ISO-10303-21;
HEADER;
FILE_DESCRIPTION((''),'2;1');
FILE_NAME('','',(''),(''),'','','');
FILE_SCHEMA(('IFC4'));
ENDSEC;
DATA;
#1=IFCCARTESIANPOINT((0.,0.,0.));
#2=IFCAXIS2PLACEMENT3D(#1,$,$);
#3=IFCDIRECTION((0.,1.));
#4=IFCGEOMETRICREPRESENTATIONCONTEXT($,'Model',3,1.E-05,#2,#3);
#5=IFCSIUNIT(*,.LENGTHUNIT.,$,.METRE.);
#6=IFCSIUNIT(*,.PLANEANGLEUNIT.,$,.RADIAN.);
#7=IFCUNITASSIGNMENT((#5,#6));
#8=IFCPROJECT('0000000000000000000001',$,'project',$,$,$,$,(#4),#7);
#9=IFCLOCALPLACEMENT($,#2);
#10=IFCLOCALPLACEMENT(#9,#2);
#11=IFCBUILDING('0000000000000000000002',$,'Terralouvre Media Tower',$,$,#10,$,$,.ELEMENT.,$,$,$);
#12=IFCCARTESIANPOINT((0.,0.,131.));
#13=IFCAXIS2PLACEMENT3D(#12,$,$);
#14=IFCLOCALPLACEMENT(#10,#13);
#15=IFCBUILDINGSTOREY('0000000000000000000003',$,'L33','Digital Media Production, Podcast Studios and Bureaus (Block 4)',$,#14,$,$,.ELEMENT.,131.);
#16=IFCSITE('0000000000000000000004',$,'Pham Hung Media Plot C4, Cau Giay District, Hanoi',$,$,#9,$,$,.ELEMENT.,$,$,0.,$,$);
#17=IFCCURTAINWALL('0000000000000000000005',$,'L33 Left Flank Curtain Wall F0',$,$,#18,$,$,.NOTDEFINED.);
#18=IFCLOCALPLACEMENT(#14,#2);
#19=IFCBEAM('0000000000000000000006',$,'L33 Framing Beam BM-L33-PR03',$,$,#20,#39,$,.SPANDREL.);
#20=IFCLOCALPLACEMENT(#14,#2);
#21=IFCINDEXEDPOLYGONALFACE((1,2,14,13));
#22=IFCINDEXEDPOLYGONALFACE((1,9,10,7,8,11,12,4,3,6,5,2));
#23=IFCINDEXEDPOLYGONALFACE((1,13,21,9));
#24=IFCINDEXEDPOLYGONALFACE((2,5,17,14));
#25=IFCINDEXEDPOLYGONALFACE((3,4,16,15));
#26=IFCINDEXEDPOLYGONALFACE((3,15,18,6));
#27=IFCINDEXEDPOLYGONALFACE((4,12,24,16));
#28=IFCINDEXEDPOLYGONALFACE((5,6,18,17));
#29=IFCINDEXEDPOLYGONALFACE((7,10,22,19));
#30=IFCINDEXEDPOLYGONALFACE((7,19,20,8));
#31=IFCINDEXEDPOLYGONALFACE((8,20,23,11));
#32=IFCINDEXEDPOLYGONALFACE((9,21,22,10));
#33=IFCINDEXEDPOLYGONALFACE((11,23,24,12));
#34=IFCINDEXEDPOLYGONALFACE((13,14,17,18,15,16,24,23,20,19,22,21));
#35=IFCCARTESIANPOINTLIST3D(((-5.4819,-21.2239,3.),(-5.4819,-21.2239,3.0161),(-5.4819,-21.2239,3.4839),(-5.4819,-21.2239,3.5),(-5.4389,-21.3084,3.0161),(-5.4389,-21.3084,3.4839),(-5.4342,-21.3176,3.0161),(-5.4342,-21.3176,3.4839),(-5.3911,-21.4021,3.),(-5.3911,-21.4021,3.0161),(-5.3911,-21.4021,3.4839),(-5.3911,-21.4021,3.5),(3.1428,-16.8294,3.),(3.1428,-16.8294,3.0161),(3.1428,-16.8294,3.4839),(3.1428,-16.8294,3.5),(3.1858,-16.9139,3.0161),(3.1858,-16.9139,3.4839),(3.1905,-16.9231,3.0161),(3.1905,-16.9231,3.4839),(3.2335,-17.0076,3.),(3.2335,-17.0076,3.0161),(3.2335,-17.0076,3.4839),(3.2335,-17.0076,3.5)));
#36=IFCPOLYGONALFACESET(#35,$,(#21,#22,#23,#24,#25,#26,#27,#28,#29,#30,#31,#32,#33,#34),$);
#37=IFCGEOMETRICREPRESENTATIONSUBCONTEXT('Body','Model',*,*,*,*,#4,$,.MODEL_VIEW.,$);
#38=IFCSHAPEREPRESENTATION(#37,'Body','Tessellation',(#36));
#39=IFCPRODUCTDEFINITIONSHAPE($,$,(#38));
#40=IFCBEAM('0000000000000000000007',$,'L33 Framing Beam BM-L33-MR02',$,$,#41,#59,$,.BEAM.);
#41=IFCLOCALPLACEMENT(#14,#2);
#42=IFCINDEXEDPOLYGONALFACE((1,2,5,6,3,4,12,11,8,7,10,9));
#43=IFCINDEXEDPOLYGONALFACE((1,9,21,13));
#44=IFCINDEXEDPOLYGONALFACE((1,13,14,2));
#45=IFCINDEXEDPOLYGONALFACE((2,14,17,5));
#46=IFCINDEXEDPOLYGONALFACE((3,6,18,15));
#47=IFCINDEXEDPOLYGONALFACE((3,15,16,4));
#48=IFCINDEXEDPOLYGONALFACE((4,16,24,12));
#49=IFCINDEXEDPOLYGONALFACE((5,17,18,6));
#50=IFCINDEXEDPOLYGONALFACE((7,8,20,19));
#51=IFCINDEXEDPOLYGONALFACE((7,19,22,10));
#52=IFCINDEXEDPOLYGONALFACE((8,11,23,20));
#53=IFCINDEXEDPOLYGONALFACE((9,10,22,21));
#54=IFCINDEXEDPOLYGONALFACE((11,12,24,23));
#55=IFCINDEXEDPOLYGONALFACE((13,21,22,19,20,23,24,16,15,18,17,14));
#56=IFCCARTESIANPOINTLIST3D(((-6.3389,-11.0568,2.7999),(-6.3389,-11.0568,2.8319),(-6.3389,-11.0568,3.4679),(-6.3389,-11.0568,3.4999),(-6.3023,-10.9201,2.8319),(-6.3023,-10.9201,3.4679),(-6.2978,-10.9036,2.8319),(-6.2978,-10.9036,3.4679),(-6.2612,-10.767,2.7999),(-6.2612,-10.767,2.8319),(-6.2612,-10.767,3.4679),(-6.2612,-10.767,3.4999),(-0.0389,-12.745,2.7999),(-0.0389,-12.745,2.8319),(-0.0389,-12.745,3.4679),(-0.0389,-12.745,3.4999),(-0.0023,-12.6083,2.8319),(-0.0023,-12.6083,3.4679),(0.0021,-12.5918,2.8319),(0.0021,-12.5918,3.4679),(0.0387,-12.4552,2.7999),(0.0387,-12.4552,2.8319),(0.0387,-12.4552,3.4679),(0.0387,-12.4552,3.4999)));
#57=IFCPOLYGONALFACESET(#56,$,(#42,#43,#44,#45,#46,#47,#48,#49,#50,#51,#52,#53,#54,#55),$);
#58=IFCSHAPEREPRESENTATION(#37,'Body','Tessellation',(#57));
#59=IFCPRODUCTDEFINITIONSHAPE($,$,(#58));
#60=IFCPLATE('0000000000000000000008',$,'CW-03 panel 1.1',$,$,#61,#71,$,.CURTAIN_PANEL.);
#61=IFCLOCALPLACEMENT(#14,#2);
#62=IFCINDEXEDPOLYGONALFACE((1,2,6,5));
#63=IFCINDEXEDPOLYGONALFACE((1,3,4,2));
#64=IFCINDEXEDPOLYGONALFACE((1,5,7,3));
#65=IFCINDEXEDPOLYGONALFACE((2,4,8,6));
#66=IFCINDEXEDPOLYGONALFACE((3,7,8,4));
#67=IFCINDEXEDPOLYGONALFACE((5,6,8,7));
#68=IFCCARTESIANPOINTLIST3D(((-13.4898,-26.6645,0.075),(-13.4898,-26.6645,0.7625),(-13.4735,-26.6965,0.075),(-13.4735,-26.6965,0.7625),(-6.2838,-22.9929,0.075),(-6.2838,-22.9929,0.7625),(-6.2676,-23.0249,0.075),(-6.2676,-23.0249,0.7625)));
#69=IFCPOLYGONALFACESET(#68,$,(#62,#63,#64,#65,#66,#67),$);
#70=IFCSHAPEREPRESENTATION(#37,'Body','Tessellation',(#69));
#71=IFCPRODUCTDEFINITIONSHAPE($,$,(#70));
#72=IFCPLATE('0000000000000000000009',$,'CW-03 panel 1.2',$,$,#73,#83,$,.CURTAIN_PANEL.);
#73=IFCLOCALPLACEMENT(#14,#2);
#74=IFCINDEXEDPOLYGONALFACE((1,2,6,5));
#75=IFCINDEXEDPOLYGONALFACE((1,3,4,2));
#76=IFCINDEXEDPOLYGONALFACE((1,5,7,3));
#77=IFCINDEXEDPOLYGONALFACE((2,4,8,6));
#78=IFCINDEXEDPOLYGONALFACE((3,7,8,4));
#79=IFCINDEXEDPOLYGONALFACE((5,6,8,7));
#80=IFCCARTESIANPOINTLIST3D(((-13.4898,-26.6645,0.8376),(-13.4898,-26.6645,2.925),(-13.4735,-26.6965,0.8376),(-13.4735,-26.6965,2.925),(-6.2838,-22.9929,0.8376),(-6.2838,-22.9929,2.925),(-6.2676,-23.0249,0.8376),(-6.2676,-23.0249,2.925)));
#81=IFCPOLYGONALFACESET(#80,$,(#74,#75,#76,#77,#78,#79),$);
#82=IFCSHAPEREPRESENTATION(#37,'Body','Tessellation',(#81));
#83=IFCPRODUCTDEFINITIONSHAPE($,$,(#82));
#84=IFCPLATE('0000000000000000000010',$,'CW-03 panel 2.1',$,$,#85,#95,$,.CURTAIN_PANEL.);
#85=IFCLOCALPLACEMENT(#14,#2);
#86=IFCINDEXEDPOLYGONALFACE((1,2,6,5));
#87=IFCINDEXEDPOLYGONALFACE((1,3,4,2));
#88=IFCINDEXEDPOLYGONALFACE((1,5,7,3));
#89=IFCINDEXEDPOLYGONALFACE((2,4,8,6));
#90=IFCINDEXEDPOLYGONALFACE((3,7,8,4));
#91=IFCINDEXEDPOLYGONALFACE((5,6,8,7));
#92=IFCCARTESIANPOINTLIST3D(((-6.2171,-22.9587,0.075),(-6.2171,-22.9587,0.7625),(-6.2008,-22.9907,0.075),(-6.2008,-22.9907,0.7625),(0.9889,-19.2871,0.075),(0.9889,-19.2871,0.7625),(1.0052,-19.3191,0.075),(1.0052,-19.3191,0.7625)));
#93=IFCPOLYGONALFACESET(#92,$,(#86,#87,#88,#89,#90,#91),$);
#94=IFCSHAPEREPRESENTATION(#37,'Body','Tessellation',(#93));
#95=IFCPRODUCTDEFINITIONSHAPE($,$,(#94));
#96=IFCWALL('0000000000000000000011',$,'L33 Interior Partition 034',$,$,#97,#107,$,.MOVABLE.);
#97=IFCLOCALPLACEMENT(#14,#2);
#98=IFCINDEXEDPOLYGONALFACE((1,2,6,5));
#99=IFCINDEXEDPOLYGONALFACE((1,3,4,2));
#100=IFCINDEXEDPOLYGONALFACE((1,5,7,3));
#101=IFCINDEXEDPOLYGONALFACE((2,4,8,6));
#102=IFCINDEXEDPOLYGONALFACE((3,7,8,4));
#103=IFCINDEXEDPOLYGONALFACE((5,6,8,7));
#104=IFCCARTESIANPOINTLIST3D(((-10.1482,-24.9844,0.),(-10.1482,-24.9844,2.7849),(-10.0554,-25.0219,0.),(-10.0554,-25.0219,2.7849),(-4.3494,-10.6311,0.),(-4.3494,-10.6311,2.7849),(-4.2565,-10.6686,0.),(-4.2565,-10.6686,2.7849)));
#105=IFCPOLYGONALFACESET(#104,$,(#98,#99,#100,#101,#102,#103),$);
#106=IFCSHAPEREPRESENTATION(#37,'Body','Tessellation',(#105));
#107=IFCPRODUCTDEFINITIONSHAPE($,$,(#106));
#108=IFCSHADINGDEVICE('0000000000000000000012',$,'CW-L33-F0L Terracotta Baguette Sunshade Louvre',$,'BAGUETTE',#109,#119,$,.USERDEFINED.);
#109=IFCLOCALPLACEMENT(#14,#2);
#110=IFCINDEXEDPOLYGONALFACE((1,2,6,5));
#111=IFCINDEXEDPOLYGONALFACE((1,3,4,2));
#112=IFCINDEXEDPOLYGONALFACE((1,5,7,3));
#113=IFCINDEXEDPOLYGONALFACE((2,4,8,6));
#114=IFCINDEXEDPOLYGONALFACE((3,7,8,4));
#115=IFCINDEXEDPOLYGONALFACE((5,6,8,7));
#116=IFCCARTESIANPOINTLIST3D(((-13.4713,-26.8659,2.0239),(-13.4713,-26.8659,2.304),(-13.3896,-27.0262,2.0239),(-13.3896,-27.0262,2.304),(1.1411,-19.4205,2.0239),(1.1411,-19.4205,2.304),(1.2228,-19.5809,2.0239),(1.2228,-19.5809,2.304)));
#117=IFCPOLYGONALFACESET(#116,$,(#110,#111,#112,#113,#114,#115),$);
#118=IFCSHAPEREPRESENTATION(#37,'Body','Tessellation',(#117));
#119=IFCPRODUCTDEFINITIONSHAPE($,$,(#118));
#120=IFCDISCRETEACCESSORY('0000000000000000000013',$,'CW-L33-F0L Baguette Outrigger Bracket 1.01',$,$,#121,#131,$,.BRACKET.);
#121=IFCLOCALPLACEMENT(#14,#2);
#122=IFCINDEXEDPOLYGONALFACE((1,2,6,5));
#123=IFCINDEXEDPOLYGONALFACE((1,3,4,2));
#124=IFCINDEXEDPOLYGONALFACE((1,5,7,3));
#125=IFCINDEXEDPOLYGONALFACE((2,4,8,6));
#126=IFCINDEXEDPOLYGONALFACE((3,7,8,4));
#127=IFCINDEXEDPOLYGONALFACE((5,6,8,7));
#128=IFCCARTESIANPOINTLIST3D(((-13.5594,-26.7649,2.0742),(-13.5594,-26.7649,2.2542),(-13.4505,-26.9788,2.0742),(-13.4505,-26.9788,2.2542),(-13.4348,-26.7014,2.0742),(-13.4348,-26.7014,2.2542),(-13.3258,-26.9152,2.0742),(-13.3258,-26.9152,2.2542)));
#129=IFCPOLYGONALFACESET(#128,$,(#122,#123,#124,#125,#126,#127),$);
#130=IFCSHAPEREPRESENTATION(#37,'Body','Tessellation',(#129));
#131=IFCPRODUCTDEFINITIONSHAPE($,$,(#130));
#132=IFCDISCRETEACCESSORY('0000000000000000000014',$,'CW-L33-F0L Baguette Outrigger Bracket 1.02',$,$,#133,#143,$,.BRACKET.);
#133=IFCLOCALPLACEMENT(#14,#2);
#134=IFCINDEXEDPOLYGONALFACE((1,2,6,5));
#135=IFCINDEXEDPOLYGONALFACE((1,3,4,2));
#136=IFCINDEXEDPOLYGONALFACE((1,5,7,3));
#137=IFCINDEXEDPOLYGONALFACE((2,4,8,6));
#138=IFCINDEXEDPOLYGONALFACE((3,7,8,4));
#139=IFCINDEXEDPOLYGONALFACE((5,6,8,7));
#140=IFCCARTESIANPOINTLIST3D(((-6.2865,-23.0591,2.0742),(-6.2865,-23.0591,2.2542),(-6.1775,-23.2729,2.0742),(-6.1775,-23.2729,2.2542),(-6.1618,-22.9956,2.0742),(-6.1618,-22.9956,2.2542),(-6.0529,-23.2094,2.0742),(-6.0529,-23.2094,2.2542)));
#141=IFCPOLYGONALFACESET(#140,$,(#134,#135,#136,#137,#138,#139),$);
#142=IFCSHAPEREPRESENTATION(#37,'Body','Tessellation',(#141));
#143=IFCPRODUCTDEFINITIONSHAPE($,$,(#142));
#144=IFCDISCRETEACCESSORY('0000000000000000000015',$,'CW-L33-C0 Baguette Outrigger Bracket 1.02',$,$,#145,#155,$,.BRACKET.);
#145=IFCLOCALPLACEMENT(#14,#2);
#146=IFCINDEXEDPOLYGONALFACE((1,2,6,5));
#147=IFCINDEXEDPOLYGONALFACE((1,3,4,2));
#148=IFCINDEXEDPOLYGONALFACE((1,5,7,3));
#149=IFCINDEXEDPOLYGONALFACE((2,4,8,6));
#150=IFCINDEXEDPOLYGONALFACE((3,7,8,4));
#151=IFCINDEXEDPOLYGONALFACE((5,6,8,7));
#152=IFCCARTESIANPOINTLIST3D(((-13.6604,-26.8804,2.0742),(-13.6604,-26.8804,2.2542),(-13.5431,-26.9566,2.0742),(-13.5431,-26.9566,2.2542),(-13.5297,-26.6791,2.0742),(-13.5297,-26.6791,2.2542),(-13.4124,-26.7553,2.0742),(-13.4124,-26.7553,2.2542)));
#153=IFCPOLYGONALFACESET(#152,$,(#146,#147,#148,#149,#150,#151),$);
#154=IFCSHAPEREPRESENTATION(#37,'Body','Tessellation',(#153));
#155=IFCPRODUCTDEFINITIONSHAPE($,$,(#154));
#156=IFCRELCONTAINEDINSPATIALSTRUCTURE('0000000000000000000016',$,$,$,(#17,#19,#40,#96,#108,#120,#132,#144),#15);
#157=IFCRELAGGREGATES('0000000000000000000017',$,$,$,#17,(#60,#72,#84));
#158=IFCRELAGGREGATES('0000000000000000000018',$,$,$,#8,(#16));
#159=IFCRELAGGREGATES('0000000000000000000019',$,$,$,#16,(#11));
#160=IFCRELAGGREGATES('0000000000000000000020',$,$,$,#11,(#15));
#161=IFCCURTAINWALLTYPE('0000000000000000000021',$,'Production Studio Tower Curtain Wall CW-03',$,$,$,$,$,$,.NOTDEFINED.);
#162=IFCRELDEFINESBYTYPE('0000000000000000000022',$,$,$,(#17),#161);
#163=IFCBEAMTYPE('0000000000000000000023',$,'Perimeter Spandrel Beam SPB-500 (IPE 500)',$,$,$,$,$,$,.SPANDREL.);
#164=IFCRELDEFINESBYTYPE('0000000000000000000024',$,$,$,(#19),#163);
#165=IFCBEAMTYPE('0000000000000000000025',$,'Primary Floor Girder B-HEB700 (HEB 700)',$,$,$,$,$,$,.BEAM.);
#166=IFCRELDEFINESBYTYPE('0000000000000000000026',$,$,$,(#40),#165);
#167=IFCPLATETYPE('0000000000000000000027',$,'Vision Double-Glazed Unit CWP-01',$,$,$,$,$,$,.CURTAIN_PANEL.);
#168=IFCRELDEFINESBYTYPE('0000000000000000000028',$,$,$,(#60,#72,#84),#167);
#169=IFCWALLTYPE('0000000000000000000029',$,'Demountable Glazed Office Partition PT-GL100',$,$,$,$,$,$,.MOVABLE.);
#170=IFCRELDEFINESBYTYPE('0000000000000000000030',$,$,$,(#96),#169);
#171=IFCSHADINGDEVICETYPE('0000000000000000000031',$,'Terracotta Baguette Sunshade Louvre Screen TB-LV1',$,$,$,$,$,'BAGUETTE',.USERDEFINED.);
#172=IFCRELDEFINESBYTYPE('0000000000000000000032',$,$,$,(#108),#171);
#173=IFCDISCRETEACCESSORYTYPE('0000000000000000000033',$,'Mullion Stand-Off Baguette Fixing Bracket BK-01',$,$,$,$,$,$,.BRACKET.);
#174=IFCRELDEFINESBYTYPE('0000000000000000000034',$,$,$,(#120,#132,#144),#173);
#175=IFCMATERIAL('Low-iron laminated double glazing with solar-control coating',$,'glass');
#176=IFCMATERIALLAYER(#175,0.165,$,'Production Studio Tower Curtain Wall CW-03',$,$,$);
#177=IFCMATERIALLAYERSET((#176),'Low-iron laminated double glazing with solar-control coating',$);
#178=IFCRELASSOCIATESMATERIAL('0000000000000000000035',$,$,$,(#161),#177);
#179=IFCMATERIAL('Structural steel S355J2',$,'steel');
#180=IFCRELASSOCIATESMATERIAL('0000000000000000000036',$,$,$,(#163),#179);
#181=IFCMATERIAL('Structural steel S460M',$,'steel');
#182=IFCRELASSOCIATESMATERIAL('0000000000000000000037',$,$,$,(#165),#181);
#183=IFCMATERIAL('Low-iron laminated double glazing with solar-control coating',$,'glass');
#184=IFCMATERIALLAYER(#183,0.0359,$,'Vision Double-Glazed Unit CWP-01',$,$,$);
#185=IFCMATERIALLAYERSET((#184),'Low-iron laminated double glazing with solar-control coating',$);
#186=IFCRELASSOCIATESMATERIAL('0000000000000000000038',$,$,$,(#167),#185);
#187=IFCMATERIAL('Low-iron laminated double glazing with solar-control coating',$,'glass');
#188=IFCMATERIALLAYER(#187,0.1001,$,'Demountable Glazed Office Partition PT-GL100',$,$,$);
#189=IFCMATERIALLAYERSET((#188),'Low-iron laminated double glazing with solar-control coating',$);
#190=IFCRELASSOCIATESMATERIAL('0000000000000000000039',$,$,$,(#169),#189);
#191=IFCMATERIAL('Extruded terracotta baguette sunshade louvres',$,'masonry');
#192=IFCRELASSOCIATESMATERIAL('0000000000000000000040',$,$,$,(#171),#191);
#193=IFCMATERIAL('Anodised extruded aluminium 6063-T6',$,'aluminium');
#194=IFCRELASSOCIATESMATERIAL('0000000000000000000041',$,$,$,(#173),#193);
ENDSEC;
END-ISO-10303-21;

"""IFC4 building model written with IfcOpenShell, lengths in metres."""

from ifc_helpers import new_model, si_unit, direction, frame, frame_2d, origin, origin_2d, place, context, subcontext, project, spatial, rectangle, i_section, extrude, material, layer, layer_set, material_profile, profile_set, type_object, element, aggregate, save


model = new_model("IFC4")

# Units and contexts
model_context = context("Model", 3, precision=1e-05, world=origin(), true_north=direction((0.0, 1.0)))
body_context = subcontext(model_context, "Body", "Model", "MODEL_VIEW")
ifc_project = project(units=[si_unit("LENGTHUNIT", "METRE"), si_unit("PLANEANGLEUNIT", "RADIAN")], contexts=[model_context])

# Site, building, storey
site_placement = place(None, origin())
site = spatial("IfcSite", under=ifc_project, at=site_placement, Name="Pham Hung Media Plot C4, Cau Giay District, Hanoi", CompositionType="ELEMENT", RefElevation=0.0)
building_placement = place(site_placement, origin())
building = spatial("IfcBuilding", under=site, at=building_placement, Name="Terralouvre Media Tower", CompositionType="ELEMENT")
storey_placement = place(building_placement, frame((0.0, 0.0, 131.0)))
storey = spatial("IfcBuildingStorey", under=building, at=storey_placement, Name="L33", Description="Digital Media Production, Podcast Studios and Bureaus (Block 4)", CompositionType="ELEMENT", Elevation=131.0)

# Curtain wall
ifc_material_1 = material(Name="Low-iron laminated double glazing with solar-control coating", Category="glass")
ifc_layer_1 = layer(ifc_material_1, 0.165, Name="Production Studio Tower Curtain Wall CW-03")
ifc_layer_set_1 = layer_set([ifc_layer_1], Name="Low-iron laminated double glazing with solar-control coating")
curtain_wall_type_1 = type_object("IfcCurtainWallType", Name="Production Studio Tower Curtain Wall CW-03", PredefinedType="NOTDEFINED", material=ifc_layer_set_1)
curtain_wall_1_placement = place(storey_placement, origin())
curtain_wall_1 = element("IfcCurtainWall", 1, at=curtain_wall_1_placement, inside=storey, type_object=curtain_wall_type_1, Name="L33 Left Flank Curtain Wall F0", PredefinedType="NOTDEFINED")

# Beams
ifc_material_2 = material(Name="Structural steel S355J2", Category="steel")
ifc_material_profile_1 = material_profile(ifc_material_2, i_section(OverallWidth=0.2, OverallDepth=0.5, WebThickness=0.0103, FlangeThickness=0.0161, at=origin_2d()), Name="IPE 500")
ifc_profile_set_1 = profile_set([ifc_material_profile_1], Name="Structural steel S355J2")
beam_type_1 = type_object("IfcBeamType", Name="Perimeter Spandrel Beam SPB-500 (IPE 500)", PredefinedType="SPANDREL", material=ifc_profile_set_1)
beam_1_placement = place(storey_placement, frame((-5.4365, -21.313, 3.25), z_axis=(0.891007, 0.45399, 0.0), x_axis=(-0.45399, 0.891007, 0.0)))
element("IfcBeam", 2, at=beam_1_placement, inside=storey, type_object=beam_type_1, Name="L33 Framing Beam BM-L33-PR03", PredefinedType="SPANDREL", context=body_context, shape_type="SweptSolid", body=[
    extrude(i_section(OverallWidth=0.2, OverallDepth=0.5, WebThickness=0.0103, FlangeThickness=0.0161, at=origin_2d()), origin(), (0.0, 0.0, 1.0), 9.6797),
])
ifc_material_3 = material(Name="Structural steel S460M", Category="steel")
ifc_material_profile_2 = material_profile(ifc_material_3, i_section(OverallWidth=0.3, OverallDepth=0.7, WebThickness=0.0171, FlangeThickness=0.032, at=origin_2d()), Name="HEB 700")
ifc_profile_set_2 = profile_set([ifc_material_profile_2], Name="Structural steel S460M")
beam_type_2 = type_object("IfcBeamType", Name="Primary Floor Girder B-HEB700 (HEB 700)", PredefinedType="BEAM", material=ifc_profile_set_2)
beam_2_placement = place(storey_placement, frame((-6.3, -10.9119, 3.1499), z_axis=(0.96592, -0.258839, 0.0), x_axis=(0.258839, 0.96592, 0.0)))
element("IfcBeam", 3, at=beam_2_placement, inside=storey, type_object=beam_type_2, Name="L33 Framing Beam BM-L33-MR02", PredefinedType="BEAM", context=body_context, shape_type="SweptSolid", body=[
    extrude(i_section(OverallWidth=0.3, OverallDepth=0.7, WebThickness=0.0171, FlangeThickness=0.032, at=origin_2d()), origin(), (0.0, 0.0, 1.0), 6.5222),
])

# Plates
ifc_material_4 = material(Name="Low-iron laminated double glazing with solar-control coating", Category="glass")
ifc_layer_2 = layer(ifc_material_4, 0.0359, Name="Vision Double-Glazed Unit CWP-01")
ifc_layer_set_2 = layer_set([ifc_layer_2], Name="Low-iron laminated double glazing with solar-control coating")
plate_type = type_object("IfcPlateType", Name="Vision Double-Glazed Unit CWP-01", PredefinedType="CURTAIN_PANEL", material=ifc_layer_set_2)
plate_1_placement = place(storey_placement, frame((-9.8787, -24.8447, 0.075), z_axis=(0.0, 0.0, 1.0), x_axis=(0.891007, 0.45399, 0.0)))
plate_1 = element("IfcPlate", 4, at=plate_1_placement, type_object=plate_type, Name="CW-03 panel 1.1", PredefinedType="CURTAIN_PANEL", context=body_context, shape_type="SweptSolid", body=[
    extrude(rectangle(XDim=8.0874, YDim=0.0359, at=origin_2d()), origin(), (0.0, 0.0, 1.0), 0.6875),
])
plate_2_placement = place(storey_placement, frame((-9.8787, -24.8447, 0.8376), z_axis=(0.0, 0.0, 1.0), x_axis=(0.891007, 0.45399, 0.0)))
plate_2 = element("IfcPlate", 5, at=plate_2_placement, type_object=plate_type, Name="CW-03 panel 1.2", PredefinedType="CURTAIN_PANEL", context=body_context, shape_type="SweptSolid", body=[
    extrude(rectangle(XDim=8.0874, YDim=0.0359, at=origin_2d()), origin(), (0.0, 0.0, 1.0), 2.0874),
])
plate_3_placement = place(storey_placement, frame((-2.606, -21.1389, 0.075), z_axis=(0.0, 0.0, 1.0), x_axis=(0.891007, 0.45399, 0.0)))
plate_3 = element("IfcPlate", 6, at=plate_3_placement, type_object=plate_type, Name="CW-03 panel 2.1", PredefinedType="CURTAIN_PANEL", context=body_context, shape_type="SweptSolid", body=[
    extrude(rectangle(XDim=8.0874, YDim=0.0359, at=origin_2d()), origin(), (0.0, 0.0, 1.0), 0.6875),
])
aggregate(curtain_wall_1, [plate_1, plate_2, plate_3])

# Wall
ifc_material_5 = material(Name="Low-iron laminated double glazing with solar-control coating", Category="glass")
ifc_layer_3 = layer(ifc_material_5, 0.1001, Name="Demountable Glazed Office Partition PT-GL100")
ifc_layer_set_3 = layer_set([ifc_layer_3], Name="Low-iron laminated double glazing with solar-control coating")
wall_type = type_object("IfcWallType", Name="Demountable Glazed Office Partition PT-GL100", PredefinedType="MOVABLE", material=ifc_layer_set_3)
wall_placement = place(storey_placement, frame((-10.1018, -25.0032, 0.0), z_axis=(0.0, 0.0, 1.0), x_axis=(0.374592, 0.92719, 0.0)))
element("IfcWall", 7, at=wall_placement, inside=storey, type_object=wall_type, Name="L33 Interior Partition 034", PredefinedType="MOVABLE", context=body_context, shape_type="SweptSolid", body=[
    extrude(rectangle(XDim=15.4805, YDim=0.1001, at=frame_2d((7.7402, 0.0))), origin(), (0.0, 0.0, 1.0), 2.7849),
])

# Shading device
ifc_material_6 = material(Name="Extruded terracotta baguette sunshade louvres", Category="masonry")
shading_device_type = type_object("IfcShadingDeviceType", Name="Terracotta Baguette Sunshade Louvre Screen TB-LV1", ElementType="BAGUETTE", PredefinedType="USERDEFINED", material=ifc_material_6)
shading_device_placement = place(storey_placement, frame((-6.1243, -23.2234, 2.0239), z_axis=(0.0, 0.0, 1.0), x_axis=(0.891007, 0.45399, 0.0)))
element("IfcShadingDevice", 8, at=shading_device_placement, inside=storey, type_object=shading_device_type, Name="CW-L33-F0L Terracotta Baguette Sunshade Louvre", ObjectType="BAGUETTE", PredefinedType="USERDEFINED", context=body_context, shape_type="SweptSolid", body=[
    extrude(rectangle(XDim=16.3999, YDim=0.1799, at=origin_2d()), origin(), (0.0, 0.0, 1.0), 0.28),
])

# Discrete accessories
ifc_material_7 = material(Name="Anodised extruded aluminium 6063-T6", Category="aluminium")
discrete_accessory_type = type_object("IfcDiscreteAccessoryType", Name="Mullion Stand-Off Baguette Fixing Bracket BK-01", PredefinedType="BRACKET", material=ifc_material_7)
for number, where, z_axis, x_axis, name in (
    (9, (-13.4426, -26.8401, 2.0742), (0.0, 0.0, 1.0), (0.891007, 0.45399, 0.0), "CW-L33-F0L Baguette Outrigger Bracket 1.01"),
    (10, (-6.1697, -23.1343, 2.0742), (0.0, 0.0, 1.0), (0.891007, 0.45399, 0.0), "CW-L33-F0L Baguette Outrigger Bracket 1.02"),
    (11, (-13.5364, -26.8179, 2.0742), (0.0, 0.0, 1.0), (0.83867, -0.544639, 0.0), "CW-L33-C0 Baguette Outrigger Bracket 1.02"),
):
    element("IfcDiscreteAccessory", number, at=place(storey_placement, frame(where, z_axis=z_axis, x_axis=x_axis)), inside=storey, type_object=discrete_accessory_type, Name=name, PredefinedType="BRACKET", context=body_context, shape_type="SweptSolid", body=[
        extrude(rectangle(XDim=0.1399, YDim=0.24, at=origin_2d()), origin(), (0.0, 0.0, 1.0), 0.1799),
    ])

save(model, "model.ifc")
